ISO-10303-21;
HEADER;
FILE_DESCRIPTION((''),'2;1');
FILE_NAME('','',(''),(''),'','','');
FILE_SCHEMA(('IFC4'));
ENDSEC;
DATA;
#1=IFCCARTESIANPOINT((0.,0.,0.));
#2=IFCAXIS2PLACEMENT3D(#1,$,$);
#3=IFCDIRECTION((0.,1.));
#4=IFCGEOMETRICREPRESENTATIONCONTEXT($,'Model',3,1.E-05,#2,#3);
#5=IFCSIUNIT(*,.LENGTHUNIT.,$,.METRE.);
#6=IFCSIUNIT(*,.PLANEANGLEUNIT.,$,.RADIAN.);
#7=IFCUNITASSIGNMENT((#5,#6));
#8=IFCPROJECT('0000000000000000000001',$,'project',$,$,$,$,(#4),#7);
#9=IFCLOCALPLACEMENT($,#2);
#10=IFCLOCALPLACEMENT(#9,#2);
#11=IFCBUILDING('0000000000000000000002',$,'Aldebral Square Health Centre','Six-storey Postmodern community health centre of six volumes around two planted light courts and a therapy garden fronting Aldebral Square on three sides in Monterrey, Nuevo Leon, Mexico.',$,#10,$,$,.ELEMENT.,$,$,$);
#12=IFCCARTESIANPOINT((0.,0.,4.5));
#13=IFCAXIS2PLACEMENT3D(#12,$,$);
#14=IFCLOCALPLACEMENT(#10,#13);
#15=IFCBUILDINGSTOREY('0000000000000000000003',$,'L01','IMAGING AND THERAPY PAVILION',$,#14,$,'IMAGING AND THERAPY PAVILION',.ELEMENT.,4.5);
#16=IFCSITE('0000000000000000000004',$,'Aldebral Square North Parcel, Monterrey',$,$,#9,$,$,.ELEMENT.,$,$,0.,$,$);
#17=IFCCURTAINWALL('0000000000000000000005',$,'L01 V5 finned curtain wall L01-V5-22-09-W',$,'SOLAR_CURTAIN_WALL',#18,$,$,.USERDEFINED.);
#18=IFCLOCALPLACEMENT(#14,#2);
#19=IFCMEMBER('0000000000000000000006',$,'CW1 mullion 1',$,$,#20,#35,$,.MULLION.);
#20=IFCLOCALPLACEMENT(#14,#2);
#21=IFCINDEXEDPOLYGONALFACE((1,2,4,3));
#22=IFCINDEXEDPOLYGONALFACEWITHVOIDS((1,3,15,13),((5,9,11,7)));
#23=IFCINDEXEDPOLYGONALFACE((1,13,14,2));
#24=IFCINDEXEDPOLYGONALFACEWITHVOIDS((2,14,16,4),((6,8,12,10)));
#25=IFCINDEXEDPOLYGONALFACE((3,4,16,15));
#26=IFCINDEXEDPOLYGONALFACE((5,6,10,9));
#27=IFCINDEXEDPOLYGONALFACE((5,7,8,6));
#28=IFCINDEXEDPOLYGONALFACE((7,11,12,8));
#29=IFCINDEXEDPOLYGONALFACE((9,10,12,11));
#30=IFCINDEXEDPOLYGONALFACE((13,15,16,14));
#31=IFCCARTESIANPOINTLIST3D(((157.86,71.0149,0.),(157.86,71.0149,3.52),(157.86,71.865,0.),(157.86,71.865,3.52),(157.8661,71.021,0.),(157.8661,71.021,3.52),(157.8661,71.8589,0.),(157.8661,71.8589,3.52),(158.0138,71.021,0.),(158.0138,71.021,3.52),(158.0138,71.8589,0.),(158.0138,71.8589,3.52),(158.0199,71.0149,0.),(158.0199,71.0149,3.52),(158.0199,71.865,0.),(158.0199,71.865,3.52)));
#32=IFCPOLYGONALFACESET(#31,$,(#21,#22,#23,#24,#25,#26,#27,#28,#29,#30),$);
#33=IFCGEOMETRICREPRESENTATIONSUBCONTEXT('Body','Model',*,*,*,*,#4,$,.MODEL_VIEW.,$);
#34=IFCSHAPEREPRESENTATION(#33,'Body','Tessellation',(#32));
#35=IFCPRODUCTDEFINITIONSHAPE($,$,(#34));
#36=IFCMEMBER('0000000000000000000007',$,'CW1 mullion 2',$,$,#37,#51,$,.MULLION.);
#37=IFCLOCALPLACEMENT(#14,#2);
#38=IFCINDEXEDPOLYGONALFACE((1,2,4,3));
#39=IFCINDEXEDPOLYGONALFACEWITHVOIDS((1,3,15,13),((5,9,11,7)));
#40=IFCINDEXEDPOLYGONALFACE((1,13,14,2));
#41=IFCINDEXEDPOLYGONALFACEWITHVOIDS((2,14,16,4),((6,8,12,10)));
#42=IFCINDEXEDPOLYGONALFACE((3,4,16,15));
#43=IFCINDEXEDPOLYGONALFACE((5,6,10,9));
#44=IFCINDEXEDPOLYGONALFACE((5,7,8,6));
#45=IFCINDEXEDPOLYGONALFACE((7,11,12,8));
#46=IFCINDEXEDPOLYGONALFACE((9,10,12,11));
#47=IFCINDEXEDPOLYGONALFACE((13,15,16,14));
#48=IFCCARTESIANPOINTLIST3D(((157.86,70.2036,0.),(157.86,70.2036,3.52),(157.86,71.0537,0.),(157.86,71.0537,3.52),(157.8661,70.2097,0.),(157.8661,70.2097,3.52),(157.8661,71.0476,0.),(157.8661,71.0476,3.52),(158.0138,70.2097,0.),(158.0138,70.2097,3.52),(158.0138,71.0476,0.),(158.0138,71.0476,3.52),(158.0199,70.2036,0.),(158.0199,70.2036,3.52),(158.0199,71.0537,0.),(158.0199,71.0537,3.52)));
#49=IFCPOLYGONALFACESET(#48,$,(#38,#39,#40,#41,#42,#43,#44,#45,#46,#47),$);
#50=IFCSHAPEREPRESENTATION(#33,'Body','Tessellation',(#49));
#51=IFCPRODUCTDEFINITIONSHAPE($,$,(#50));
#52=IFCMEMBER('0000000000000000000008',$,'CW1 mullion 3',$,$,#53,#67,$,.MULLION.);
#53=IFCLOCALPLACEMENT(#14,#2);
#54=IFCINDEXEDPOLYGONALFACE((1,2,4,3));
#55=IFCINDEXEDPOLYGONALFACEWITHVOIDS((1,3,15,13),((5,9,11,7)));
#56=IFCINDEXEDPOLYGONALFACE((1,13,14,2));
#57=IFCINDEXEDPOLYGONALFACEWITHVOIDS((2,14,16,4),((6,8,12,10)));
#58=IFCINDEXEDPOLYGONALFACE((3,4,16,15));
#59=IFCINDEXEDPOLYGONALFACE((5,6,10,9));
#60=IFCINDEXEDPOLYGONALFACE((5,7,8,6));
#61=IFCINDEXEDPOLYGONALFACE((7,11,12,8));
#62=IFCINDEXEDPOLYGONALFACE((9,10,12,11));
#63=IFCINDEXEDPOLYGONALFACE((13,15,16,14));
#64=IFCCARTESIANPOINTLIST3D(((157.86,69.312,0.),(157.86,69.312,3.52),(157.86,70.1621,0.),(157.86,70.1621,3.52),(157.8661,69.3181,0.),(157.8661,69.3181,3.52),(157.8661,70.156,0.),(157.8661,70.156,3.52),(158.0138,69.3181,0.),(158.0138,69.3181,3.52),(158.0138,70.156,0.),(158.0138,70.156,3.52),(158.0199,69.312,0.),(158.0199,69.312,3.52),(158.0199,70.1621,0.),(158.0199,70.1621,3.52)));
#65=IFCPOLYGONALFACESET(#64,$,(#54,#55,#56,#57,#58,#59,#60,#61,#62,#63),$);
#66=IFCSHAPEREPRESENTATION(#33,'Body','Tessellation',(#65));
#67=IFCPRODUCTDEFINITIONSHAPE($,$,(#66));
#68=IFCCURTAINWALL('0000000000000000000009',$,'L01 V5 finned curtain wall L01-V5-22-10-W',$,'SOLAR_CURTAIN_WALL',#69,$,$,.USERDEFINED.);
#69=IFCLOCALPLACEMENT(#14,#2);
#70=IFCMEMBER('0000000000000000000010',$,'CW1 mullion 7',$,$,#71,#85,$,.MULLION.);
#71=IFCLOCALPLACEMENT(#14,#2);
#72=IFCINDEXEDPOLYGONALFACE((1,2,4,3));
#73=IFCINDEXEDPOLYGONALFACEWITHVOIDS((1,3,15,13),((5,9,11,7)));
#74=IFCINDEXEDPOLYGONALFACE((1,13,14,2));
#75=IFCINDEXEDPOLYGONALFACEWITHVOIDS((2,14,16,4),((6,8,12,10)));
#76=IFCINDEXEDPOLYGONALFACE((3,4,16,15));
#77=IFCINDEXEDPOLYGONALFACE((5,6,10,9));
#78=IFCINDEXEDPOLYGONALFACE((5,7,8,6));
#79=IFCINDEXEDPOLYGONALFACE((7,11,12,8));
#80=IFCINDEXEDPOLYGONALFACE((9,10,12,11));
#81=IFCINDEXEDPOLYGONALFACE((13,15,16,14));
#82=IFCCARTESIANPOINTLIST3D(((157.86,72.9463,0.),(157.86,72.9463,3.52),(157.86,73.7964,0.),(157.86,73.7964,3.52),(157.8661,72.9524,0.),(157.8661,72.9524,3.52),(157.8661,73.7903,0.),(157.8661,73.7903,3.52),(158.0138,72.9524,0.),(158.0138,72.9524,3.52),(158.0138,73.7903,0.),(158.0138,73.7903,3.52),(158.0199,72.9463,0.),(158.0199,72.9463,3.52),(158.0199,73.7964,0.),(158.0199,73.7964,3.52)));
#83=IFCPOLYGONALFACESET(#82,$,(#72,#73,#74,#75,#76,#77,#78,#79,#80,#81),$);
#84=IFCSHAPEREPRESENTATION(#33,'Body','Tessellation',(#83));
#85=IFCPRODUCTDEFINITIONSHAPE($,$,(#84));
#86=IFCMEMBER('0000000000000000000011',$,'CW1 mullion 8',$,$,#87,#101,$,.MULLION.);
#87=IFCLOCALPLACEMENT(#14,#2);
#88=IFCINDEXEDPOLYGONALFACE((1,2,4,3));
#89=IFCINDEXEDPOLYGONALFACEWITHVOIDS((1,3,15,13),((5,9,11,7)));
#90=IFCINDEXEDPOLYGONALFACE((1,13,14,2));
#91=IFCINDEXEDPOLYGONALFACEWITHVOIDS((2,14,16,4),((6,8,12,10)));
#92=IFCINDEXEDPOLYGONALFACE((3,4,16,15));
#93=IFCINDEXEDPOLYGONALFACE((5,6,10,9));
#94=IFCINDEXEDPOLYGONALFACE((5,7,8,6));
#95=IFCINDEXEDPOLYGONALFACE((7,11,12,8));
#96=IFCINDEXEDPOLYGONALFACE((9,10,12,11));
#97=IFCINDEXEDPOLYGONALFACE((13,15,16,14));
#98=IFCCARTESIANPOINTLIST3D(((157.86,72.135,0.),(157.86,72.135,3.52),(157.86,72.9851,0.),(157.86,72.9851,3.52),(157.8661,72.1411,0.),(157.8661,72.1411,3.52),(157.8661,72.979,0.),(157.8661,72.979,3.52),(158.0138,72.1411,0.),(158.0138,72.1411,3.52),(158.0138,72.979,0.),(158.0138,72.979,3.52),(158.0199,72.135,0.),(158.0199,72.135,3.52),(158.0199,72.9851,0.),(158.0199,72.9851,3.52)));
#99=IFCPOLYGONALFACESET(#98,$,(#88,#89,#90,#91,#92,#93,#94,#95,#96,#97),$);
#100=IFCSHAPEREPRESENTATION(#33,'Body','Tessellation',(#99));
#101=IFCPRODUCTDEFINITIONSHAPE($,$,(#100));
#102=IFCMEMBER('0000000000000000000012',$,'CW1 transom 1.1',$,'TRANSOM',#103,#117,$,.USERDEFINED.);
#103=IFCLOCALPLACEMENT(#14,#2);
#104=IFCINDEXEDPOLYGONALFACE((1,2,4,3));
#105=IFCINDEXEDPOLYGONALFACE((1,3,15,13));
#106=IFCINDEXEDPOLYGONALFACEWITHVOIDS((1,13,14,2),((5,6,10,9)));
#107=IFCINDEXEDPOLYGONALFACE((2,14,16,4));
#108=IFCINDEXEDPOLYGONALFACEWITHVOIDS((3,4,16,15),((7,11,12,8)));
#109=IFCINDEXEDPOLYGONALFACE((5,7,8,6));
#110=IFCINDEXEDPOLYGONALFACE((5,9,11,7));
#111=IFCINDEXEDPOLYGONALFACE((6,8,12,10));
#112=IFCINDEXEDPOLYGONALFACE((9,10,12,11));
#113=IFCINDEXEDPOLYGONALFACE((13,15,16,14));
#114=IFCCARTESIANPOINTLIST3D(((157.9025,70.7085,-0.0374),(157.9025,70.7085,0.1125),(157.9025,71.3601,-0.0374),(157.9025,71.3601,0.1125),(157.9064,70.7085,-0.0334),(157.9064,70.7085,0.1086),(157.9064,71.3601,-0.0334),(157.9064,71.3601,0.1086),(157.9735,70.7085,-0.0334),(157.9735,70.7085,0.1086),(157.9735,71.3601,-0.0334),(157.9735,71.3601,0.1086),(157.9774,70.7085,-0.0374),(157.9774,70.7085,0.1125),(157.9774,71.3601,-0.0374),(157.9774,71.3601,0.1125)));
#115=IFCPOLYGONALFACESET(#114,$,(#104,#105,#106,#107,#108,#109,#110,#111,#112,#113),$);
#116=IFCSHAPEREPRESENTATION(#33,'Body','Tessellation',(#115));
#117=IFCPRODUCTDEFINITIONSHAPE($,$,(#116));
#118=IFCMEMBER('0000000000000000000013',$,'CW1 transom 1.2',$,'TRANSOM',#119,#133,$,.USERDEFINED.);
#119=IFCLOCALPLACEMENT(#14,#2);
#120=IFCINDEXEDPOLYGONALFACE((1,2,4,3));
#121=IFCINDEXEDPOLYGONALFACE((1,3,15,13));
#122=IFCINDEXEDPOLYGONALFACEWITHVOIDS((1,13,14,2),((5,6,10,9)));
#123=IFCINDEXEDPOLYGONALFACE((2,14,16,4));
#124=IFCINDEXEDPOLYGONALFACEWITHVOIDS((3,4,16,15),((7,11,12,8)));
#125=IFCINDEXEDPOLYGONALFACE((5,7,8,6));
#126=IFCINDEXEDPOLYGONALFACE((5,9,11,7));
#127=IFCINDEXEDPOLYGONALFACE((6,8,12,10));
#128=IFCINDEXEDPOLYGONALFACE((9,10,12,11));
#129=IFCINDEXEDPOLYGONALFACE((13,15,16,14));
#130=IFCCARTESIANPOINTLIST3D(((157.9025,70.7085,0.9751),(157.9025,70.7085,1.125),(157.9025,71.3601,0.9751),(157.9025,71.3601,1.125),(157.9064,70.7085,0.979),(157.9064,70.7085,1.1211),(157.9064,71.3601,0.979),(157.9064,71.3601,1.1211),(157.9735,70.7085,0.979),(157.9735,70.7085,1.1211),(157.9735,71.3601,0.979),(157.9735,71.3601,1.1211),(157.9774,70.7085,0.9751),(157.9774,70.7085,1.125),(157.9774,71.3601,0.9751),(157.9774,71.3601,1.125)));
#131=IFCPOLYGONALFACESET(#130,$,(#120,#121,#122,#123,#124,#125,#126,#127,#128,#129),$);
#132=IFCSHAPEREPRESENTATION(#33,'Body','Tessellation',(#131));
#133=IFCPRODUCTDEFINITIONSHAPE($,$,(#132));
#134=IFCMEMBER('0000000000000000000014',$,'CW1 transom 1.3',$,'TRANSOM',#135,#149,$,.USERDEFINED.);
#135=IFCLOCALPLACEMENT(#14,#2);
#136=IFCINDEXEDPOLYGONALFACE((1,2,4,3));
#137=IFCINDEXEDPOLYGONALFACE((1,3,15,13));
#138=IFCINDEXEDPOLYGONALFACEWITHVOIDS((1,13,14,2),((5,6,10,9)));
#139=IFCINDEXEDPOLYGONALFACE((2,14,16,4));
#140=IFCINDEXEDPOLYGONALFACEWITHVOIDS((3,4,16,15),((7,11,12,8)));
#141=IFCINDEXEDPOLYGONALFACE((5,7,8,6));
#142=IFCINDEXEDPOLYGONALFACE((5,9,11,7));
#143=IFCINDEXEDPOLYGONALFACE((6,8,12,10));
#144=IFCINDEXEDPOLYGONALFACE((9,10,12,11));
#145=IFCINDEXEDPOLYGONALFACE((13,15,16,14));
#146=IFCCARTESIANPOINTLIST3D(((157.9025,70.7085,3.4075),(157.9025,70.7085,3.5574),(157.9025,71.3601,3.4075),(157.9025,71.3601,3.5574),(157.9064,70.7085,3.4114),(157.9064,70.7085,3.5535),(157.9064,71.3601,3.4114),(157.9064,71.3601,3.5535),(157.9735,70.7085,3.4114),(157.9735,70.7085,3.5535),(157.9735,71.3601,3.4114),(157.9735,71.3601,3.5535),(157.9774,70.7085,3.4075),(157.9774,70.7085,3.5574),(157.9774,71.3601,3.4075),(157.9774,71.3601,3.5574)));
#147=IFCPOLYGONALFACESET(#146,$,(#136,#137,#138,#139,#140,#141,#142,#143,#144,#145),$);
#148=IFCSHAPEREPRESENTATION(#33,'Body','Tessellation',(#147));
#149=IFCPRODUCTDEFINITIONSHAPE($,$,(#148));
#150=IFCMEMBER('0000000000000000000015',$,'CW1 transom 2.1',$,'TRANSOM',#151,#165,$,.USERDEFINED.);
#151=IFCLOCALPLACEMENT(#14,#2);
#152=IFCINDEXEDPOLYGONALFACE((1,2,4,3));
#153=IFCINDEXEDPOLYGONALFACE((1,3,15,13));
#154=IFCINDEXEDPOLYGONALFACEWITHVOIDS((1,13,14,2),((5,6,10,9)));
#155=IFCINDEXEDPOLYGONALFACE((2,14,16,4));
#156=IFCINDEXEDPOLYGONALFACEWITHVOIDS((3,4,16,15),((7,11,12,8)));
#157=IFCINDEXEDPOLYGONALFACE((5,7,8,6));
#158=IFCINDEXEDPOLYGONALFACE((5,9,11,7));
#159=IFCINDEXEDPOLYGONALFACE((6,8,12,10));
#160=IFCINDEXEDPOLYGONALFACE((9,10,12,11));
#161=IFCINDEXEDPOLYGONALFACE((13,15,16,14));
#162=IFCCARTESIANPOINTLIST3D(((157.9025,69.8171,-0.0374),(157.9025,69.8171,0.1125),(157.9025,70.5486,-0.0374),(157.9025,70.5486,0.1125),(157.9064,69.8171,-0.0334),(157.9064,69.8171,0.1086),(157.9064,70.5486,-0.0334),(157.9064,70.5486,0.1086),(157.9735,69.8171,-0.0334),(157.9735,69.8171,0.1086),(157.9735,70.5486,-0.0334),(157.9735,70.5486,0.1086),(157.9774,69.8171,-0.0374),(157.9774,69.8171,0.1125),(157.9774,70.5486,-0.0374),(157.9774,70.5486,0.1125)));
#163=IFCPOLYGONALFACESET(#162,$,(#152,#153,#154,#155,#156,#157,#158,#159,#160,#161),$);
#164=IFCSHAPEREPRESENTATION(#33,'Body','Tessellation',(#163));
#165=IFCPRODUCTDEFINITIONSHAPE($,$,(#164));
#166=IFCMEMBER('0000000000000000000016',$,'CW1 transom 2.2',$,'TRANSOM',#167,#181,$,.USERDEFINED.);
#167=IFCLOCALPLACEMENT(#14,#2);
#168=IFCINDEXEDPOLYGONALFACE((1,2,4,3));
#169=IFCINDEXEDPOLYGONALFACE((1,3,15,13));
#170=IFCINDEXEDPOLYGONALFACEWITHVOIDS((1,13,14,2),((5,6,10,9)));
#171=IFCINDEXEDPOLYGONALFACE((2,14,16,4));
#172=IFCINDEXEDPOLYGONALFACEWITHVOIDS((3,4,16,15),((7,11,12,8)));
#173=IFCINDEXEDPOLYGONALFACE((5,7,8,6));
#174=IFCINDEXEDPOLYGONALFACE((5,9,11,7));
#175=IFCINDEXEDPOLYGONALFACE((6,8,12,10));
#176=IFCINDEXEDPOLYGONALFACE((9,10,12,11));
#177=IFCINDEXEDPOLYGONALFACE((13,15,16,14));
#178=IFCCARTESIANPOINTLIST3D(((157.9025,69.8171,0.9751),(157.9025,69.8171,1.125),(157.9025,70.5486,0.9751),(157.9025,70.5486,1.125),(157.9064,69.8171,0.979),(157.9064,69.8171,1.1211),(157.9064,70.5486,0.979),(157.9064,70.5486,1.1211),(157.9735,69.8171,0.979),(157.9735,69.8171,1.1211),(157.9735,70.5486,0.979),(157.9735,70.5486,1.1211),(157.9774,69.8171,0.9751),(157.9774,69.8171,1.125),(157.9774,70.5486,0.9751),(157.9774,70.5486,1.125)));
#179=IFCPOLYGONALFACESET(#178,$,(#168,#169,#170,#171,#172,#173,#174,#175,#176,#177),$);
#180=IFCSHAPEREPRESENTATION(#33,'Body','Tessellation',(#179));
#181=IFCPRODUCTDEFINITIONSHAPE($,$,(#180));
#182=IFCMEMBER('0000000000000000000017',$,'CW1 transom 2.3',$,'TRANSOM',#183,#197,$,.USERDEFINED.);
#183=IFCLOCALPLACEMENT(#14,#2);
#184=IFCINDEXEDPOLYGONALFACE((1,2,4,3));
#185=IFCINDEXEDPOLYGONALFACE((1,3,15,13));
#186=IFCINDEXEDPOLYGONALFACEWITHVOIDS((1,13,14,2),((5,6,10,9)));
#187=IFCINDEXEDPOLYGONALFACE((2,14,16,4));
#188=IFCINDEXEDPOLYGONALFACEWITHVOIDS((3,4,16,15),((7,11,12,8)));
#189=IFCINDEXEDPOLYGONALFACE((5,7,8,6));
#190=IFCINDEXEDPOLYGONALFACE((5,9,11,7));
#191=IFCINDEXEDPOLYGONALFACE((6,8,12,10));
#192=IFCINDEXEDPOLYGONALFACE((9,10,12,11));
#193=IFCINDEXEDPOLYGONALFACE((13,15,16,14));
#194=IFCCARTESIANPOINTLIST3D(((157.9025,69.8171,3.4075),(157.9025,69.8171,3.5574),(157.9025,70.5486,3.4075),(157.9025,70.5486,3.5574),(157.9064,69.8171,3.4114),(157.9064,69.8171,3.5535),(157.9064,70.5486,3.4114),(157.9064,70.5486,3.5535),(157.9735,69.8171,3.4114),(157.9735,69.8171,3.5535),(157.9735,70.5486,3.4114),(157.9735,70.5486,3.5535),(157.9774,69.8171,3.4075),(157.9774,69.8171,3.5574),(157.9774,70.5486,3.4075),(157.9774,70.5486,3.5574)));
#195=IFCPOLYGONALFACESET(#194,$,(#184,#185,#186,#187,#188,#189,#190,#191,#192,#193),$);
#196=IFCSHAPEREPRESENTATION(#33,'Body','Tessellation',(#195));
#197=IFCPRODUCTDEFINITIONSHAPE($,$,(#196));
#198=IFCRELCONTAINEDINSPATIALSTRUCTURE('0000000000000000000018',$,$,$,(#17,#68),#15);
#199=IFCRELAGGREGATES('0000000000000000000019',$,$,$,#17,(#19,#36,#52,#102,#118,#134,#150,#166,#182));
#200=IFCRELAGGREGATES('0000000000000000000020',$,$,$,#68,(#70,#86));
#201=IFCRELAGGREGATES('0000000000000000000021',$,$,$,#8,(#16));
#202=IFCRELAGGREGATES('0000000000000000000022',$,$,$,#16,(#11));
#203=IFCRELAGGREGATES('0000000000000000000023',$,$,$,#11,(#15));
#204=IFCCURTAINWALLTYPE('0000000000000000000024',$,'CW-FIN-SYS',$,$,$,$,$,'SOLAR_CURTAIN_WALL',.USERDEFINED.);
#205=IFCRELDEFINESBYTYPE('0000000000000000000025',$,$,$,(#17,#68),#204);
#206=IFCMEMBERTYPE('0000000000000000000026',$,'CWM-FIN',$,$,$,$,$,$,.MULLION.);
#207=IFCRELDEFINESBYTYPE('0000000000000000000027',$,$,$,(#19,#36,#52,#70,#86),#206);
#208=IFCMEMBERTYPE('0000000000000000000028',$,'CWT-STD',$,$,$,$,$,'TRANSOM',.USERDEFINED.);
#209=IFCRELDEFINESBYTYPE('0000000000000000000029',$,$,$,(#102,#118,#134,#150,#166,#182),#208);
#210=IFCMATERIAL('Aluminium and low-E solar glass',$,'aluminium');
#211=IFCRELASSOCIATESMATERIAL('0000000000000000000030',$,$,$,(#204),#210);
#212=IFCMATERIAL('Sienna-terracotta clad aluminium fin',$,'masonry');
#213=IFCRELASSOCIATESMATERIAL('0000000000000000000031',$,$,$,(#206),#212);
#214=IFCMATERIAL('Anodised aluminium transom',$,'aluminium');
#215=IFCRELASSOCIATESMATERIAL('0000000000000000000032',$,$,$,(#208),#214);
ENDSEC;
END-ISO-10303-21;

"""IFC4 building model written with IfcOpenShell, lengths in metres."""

from ifc_helpers import new_model, si_unit, direction, frame, origin, origin_2d, place, context, subcontext, project, spatial, hollow_rectangle, extrude, material, material_profile, profile_set, type_object, element, aggregate, save


model = new_model("IFC4")

# Units and contexts
model_context = context("Model", 3, precision=1e-05, world=origin(), true_north=direction((0.0, 1.0)))
body_context = subcontext(model_context, "Body", "Model", "MODEL_VIEW")
ifc_project = project(units=[si_unit("LENGTHUNIT", "METRE"), si_unit("PLANEANGLEUNIT", "RADIAN")], contexts=[model_context])

# Site, building, storey
site_placement = place(None, origin())
site = spatial("IfcSite", under=ifc_project, at=site_placement, Name="Aldebral Square North Parcel, Monterrey", CompositionType="ELEMENT", RefElevation=0.0)
building_placement = place(site_placement, origin())
building = spatial("IfcBuilding", under=site, at=building_placement, Name="Aldebral Square Health Centre", Description="Six-storey Postmodern community health centre of six volumes around two planted light courts and a therapy garden fronting Aldebral Square on three sides in Monterrey, Nuevo Leon, Mexico.", CompositionType="ELEMENT")
storey_placement = place(building_placement, frame((0.0, 0.0, 4.5)))
storey = spatial("IfcBuildingStorey", under=building, at=storey_placement, Name="L01", Description="IMAGING AND THERAPY PAVILION", LongName="IMAGING AND THERAPY PAVILION", CompositionType="ELEMENT", Elevation=4.5)

# Curtain walls, members
ifc_material_1 = material(Name="Aluminium and low-E solar glass", Category="aluminium")
curtain_wall_type = type_object("IfcCurtainWallType", Name="CW-FIN-SYS", ElementType="SOLAR_CURTAIN_WALL", PredefinedType="USERDEFINED", material=ifc_material_1)
curtain_wall_1_placement = place(storey_placement, origin())
curtain_wall_1 = element("IfcCurtainWall", 1, at=curtain_wall_1_placement, inside=storey, type_object=curtain_wall_type, Name="L01 V5 finned curtain wall L01-V5-22-09-W", ObjectType="SOLAR_CURTAIN_WALL", PredefinedType="USERDEFINED")
ifc_material_2 = material(Name="Sienna-terracotta clad aluminium fin", Category="masonry")
ifc_material_profile_1 = material_profile(ifc_material_2, hollow_rectangle(XDim=0.1599, YDim=0.8501, WallThickness=0.0061, at=origin_2d()), Name="FIN 160x850x6")
ifc_profile_set_1 = profile_set([ifc_material_profile_1], Name="Sienna-terracotta clad aluminium fin")
member_type_1 = type_object("IfcMemberType", Name="CWM-FIN", PredefinedType="MULLION", material=ifc_profile_set_1)
member_1_placement = place(storey_placement, frame((157.9399, 71.4399, 0.0), z_axis=(0.0, 0.0, 1.0), x_axis=(1.0, 0.0, 0.0)))
member_1 = element("IfcMember", 2, at=member_1_placement, type_object=member_type_1, Name="CW1 mullion 1", PredefinedType="MULLION", context=body_context, shape_type="SweptSolid", body=[
    extrude(hollow_rectangle(XDim=0.1599, YDim=0.8501, WallThickness=0.0061, at=origin_2d()), origin(), (0.0, 0.0, 1.0), 3.52),
])
member_2_placement = place(storey_placement, frame((157.9399, 70.6287, 0.0), z_axis=(0.0, 0.0, 1.0), x_axis=(1.0, 0.0, 0.0)))
member_2 = element("IfcMember", 3, at=member_2_placement, type_object=member_type_1, Name="CW1 mullion 2", PredefinedType="MULLION", context=body_context, shape_type="SweptSolid", body=[
    extrude(hollow_rectangle(XDim=0.1599, YDim=0.8501, WallThickness=0.0061, at=origin_2d()), origin(), (0.0, 0.0, 1.0), 3.52),
])
member_3_placement = place(storey_placement, frame((157.9399, 69.7371, 0.0), z_axis=(0.0, 0.0, 1.0), x_axis=(1.0, 0.0, 0.0)))
member_3 = element("IfcMember", 4, at=member_3_placement, type_object=member_type_1, Name="CW1 mullion 3", PredefinedType="MULLION", context=body_context, shape_type="SweptSolid", body=[
    extrude(hollow_rectangle(XDim=0.1599, YDim=0.8501, WallThickness=0.0061, at=origin_2d()), origin(), (0.0, 0.0, 1.0), 3.52),
])
curtain_wall_2_placement = place(storey_placement, origin())
curtain_wall_2 = element("IfcCurtainWall", 5, at=curtain_wall_2_placement, inside=storey, type_object=curtain_wall_type, Name="L01 V5 finned curtain wall L01-V5-22-10-W", ObjectType="SOLAR_CURTAIN_WALL", PredefinedType="USERDEFINED")
member_4_placement = place(storey_placement, frame((157.9399, 73.3713, 0.0), z_axis=(0.0, 0.0, 1.0), x_axis=(1.0, 0.0, 0.0)))
member_4 = element("IfcMember", 6, at=member_4_placement, type_object=member_type_1, Name="CW1 mullion 7", PredefinedType="MULLION", context=body_context, shape_type="SweptSolid", body=[
    extrude(hollow_rectangle(XDim=0.1599, YDim=0.8501, WallThickness=0.0061, at=origin_2d()), origin(), (0.0, 0.0, 1.0), 3.52),
])
member_5_placement = place(storey_placement, frame((157.9399, 72.5601, 0.0), z_axis=(0.0, 0.0, 1.0), x_axis=(1.0, 0.0, 0.0)))
member_5 = element("IfcMember", 7, at=member_5_placement, type_object=member_type_1, Name="CW1 mullion 8", PredefinedType="MULLION", context=body_context, shape_type="SweptSolid", body=[
    extrude(hollow_rectangle(XDim=0.1599, YDim=0.8501, WallThickness=0.0061, at=origin_2d()), origin(), (0.0, 0.0, 1.0), 3.52),
])

# Members
ifc_material_3 = material(Name="Anodised aluminium transom", Category="aluminium")
ifc_material_profile_2 = material_profile(ifc_material_3, hollow_rectangle(XDim=0.075, YDim=0.1499, WallThickness=0.0039, at=origin_2d()), Name="CWT 75x150x4")
ifc_profile_set_2 = profile_set([ifc_material_profile_2], Name="Anodised aluminium transom")
member_type_2 = type_object("IfcMemberType", Name="CWT-STD", ElementType="TRANSOM", PredefinedType="USERDEFINED", material=ifc_profile_set_2)
member_6_placement = place(storey_placement, frame((157.9399, 71.3601, 0.0376), z_axis=(0.0, -1.0, 0.0), x_axis=(1.0, 0.0, 0.0)))
member_6 = element("IfcMember", 8, at=member_6_placement, type_object=member_type_2, Name="CW1 transom 1.1", ObjectType="TRANSOM", PredefinedType="USERDEFINED", context=body_context, shape_type="SweptSolid", body=[
    extrude(hollow_rectangle(XDim=0.075, YDim=0.1499, WallThickness=0.0039, at=origin_2d()), origin(), (0.0, 0.0, 1.0), 0.6516),
])
member_7_placement = place(storey_placement, frame((157.9399, 71.3601, 1.05), z_axis=(0.0, -1.0, 0.0), x_axis=(1.0, 0.0, 0.0)))
member_7 = element("IfcMember", 9, at=member_7_placement, type_object=member_type_2, Name="CW1 transom 1.2", ObjectType="TRANSOM", PredefinedType="USERDEFINED", context=body_context, shape_type="SweptSolid", body=[
    extrude(hollow_rectangle(XDim=0.075, YDim=0.1499, WallThickness=0.0039, at=origin_2d()), origin(), (0.0, 0.0, 1.0), 0.6516),
])
member_8_placement = place(storey_placement, frame((157.9399, 71.3601, 3.4824), z_axis=(0.0, -1.0, 0.0), x_axis=(1.0, 0.0, 0.0)))
member_8 = element("IfcMember", 10, at=member_8_placement, type_object=member_type_2, Name="CW1 transom 1.3", ObjectType="TRANSOM", PredefinedType="USERDEFINED", context=body_context, shape_type="SweptSolid", body=[
    extrude(hollow_rectangle(XDim=0.075, YDim=0.1499, WallThickness=0.0039, at=origin_2d()), origin(), (0.0, 0.0, 1.0), 0.6516),
])
member_9_placement = place(storey_placement, frame((157.9399, 70.5486, 0.0376), z_axis=(0.0, -1.0, 0.0), x_axis=(1.0, 0.0, 0.0)))
member_9 = element("IfcMember", 11, at=member_9_placement, type_object=member_type_2, Name="CW1 transom 2.1", ObjectType="TRANSOM", PredefinedType="USERDEFINED", context=body_context, shape_type="SweptSolid", body=[
    extrude(hollow_rectangle(XDim=0.075, YDim=0.1499, WallThickness=0.0039, at=origin_2d()), origin(), (0.0, 0.0, 1.0), 0.7314),
])
member_10_placement = place(storey_placement, frame((157.9399, 70.5486, 1.05), z_axis=(0.0, -1.0, 0.0), x_axis=(1.0, 0.0, 0.0)))
member_10 = element("IfcMember", 12, at=member_10_placement, type_object=member_type_2, Name="CW1 transom 2.2", ObjectType="TRANSOM", PredefinedType="USERDEFINED", context=body_context, shape_type="SweptSolid", body=[
    extrude(hollow_rectangle(XDim=0.075, YDim=0.1499, WallThickness=0.0039, at=origin_2d()), origin(), (0.0, 0.0, 1.0), 0.7314),
])
member_11_placement = place(storey_placement, frame((157.9399, 70.5486, 3.4824), z_axis=(0.0, -1.0, 0.0), x_axis=(1.0, 0.0, 0.0)))
member_11 = element("IfcMember", 13, at=member_11_placement, type_object=member_type_2, Name="CW1 transom 2.3", ObjectType="TRANSOM", PredefinedType="USERDEFINED", context=body_context, shape_type="SweptSolid", body=[
    extrude(hollow_rectangle(XDim=0.075, YDim=0.1499, WallThickness=0.0039, at=origin_2d()), origin(), (0.0, 0.0, 1.0), 0.7314),
])

aggregate(curtain_wall_1, [member_1, member_2, member_3, member_6, member_7, member_8, member_9, member_10, member_11])
aggregate(curtain_wall_2, [member_4, member_5])

save(model, "model.ifc")
